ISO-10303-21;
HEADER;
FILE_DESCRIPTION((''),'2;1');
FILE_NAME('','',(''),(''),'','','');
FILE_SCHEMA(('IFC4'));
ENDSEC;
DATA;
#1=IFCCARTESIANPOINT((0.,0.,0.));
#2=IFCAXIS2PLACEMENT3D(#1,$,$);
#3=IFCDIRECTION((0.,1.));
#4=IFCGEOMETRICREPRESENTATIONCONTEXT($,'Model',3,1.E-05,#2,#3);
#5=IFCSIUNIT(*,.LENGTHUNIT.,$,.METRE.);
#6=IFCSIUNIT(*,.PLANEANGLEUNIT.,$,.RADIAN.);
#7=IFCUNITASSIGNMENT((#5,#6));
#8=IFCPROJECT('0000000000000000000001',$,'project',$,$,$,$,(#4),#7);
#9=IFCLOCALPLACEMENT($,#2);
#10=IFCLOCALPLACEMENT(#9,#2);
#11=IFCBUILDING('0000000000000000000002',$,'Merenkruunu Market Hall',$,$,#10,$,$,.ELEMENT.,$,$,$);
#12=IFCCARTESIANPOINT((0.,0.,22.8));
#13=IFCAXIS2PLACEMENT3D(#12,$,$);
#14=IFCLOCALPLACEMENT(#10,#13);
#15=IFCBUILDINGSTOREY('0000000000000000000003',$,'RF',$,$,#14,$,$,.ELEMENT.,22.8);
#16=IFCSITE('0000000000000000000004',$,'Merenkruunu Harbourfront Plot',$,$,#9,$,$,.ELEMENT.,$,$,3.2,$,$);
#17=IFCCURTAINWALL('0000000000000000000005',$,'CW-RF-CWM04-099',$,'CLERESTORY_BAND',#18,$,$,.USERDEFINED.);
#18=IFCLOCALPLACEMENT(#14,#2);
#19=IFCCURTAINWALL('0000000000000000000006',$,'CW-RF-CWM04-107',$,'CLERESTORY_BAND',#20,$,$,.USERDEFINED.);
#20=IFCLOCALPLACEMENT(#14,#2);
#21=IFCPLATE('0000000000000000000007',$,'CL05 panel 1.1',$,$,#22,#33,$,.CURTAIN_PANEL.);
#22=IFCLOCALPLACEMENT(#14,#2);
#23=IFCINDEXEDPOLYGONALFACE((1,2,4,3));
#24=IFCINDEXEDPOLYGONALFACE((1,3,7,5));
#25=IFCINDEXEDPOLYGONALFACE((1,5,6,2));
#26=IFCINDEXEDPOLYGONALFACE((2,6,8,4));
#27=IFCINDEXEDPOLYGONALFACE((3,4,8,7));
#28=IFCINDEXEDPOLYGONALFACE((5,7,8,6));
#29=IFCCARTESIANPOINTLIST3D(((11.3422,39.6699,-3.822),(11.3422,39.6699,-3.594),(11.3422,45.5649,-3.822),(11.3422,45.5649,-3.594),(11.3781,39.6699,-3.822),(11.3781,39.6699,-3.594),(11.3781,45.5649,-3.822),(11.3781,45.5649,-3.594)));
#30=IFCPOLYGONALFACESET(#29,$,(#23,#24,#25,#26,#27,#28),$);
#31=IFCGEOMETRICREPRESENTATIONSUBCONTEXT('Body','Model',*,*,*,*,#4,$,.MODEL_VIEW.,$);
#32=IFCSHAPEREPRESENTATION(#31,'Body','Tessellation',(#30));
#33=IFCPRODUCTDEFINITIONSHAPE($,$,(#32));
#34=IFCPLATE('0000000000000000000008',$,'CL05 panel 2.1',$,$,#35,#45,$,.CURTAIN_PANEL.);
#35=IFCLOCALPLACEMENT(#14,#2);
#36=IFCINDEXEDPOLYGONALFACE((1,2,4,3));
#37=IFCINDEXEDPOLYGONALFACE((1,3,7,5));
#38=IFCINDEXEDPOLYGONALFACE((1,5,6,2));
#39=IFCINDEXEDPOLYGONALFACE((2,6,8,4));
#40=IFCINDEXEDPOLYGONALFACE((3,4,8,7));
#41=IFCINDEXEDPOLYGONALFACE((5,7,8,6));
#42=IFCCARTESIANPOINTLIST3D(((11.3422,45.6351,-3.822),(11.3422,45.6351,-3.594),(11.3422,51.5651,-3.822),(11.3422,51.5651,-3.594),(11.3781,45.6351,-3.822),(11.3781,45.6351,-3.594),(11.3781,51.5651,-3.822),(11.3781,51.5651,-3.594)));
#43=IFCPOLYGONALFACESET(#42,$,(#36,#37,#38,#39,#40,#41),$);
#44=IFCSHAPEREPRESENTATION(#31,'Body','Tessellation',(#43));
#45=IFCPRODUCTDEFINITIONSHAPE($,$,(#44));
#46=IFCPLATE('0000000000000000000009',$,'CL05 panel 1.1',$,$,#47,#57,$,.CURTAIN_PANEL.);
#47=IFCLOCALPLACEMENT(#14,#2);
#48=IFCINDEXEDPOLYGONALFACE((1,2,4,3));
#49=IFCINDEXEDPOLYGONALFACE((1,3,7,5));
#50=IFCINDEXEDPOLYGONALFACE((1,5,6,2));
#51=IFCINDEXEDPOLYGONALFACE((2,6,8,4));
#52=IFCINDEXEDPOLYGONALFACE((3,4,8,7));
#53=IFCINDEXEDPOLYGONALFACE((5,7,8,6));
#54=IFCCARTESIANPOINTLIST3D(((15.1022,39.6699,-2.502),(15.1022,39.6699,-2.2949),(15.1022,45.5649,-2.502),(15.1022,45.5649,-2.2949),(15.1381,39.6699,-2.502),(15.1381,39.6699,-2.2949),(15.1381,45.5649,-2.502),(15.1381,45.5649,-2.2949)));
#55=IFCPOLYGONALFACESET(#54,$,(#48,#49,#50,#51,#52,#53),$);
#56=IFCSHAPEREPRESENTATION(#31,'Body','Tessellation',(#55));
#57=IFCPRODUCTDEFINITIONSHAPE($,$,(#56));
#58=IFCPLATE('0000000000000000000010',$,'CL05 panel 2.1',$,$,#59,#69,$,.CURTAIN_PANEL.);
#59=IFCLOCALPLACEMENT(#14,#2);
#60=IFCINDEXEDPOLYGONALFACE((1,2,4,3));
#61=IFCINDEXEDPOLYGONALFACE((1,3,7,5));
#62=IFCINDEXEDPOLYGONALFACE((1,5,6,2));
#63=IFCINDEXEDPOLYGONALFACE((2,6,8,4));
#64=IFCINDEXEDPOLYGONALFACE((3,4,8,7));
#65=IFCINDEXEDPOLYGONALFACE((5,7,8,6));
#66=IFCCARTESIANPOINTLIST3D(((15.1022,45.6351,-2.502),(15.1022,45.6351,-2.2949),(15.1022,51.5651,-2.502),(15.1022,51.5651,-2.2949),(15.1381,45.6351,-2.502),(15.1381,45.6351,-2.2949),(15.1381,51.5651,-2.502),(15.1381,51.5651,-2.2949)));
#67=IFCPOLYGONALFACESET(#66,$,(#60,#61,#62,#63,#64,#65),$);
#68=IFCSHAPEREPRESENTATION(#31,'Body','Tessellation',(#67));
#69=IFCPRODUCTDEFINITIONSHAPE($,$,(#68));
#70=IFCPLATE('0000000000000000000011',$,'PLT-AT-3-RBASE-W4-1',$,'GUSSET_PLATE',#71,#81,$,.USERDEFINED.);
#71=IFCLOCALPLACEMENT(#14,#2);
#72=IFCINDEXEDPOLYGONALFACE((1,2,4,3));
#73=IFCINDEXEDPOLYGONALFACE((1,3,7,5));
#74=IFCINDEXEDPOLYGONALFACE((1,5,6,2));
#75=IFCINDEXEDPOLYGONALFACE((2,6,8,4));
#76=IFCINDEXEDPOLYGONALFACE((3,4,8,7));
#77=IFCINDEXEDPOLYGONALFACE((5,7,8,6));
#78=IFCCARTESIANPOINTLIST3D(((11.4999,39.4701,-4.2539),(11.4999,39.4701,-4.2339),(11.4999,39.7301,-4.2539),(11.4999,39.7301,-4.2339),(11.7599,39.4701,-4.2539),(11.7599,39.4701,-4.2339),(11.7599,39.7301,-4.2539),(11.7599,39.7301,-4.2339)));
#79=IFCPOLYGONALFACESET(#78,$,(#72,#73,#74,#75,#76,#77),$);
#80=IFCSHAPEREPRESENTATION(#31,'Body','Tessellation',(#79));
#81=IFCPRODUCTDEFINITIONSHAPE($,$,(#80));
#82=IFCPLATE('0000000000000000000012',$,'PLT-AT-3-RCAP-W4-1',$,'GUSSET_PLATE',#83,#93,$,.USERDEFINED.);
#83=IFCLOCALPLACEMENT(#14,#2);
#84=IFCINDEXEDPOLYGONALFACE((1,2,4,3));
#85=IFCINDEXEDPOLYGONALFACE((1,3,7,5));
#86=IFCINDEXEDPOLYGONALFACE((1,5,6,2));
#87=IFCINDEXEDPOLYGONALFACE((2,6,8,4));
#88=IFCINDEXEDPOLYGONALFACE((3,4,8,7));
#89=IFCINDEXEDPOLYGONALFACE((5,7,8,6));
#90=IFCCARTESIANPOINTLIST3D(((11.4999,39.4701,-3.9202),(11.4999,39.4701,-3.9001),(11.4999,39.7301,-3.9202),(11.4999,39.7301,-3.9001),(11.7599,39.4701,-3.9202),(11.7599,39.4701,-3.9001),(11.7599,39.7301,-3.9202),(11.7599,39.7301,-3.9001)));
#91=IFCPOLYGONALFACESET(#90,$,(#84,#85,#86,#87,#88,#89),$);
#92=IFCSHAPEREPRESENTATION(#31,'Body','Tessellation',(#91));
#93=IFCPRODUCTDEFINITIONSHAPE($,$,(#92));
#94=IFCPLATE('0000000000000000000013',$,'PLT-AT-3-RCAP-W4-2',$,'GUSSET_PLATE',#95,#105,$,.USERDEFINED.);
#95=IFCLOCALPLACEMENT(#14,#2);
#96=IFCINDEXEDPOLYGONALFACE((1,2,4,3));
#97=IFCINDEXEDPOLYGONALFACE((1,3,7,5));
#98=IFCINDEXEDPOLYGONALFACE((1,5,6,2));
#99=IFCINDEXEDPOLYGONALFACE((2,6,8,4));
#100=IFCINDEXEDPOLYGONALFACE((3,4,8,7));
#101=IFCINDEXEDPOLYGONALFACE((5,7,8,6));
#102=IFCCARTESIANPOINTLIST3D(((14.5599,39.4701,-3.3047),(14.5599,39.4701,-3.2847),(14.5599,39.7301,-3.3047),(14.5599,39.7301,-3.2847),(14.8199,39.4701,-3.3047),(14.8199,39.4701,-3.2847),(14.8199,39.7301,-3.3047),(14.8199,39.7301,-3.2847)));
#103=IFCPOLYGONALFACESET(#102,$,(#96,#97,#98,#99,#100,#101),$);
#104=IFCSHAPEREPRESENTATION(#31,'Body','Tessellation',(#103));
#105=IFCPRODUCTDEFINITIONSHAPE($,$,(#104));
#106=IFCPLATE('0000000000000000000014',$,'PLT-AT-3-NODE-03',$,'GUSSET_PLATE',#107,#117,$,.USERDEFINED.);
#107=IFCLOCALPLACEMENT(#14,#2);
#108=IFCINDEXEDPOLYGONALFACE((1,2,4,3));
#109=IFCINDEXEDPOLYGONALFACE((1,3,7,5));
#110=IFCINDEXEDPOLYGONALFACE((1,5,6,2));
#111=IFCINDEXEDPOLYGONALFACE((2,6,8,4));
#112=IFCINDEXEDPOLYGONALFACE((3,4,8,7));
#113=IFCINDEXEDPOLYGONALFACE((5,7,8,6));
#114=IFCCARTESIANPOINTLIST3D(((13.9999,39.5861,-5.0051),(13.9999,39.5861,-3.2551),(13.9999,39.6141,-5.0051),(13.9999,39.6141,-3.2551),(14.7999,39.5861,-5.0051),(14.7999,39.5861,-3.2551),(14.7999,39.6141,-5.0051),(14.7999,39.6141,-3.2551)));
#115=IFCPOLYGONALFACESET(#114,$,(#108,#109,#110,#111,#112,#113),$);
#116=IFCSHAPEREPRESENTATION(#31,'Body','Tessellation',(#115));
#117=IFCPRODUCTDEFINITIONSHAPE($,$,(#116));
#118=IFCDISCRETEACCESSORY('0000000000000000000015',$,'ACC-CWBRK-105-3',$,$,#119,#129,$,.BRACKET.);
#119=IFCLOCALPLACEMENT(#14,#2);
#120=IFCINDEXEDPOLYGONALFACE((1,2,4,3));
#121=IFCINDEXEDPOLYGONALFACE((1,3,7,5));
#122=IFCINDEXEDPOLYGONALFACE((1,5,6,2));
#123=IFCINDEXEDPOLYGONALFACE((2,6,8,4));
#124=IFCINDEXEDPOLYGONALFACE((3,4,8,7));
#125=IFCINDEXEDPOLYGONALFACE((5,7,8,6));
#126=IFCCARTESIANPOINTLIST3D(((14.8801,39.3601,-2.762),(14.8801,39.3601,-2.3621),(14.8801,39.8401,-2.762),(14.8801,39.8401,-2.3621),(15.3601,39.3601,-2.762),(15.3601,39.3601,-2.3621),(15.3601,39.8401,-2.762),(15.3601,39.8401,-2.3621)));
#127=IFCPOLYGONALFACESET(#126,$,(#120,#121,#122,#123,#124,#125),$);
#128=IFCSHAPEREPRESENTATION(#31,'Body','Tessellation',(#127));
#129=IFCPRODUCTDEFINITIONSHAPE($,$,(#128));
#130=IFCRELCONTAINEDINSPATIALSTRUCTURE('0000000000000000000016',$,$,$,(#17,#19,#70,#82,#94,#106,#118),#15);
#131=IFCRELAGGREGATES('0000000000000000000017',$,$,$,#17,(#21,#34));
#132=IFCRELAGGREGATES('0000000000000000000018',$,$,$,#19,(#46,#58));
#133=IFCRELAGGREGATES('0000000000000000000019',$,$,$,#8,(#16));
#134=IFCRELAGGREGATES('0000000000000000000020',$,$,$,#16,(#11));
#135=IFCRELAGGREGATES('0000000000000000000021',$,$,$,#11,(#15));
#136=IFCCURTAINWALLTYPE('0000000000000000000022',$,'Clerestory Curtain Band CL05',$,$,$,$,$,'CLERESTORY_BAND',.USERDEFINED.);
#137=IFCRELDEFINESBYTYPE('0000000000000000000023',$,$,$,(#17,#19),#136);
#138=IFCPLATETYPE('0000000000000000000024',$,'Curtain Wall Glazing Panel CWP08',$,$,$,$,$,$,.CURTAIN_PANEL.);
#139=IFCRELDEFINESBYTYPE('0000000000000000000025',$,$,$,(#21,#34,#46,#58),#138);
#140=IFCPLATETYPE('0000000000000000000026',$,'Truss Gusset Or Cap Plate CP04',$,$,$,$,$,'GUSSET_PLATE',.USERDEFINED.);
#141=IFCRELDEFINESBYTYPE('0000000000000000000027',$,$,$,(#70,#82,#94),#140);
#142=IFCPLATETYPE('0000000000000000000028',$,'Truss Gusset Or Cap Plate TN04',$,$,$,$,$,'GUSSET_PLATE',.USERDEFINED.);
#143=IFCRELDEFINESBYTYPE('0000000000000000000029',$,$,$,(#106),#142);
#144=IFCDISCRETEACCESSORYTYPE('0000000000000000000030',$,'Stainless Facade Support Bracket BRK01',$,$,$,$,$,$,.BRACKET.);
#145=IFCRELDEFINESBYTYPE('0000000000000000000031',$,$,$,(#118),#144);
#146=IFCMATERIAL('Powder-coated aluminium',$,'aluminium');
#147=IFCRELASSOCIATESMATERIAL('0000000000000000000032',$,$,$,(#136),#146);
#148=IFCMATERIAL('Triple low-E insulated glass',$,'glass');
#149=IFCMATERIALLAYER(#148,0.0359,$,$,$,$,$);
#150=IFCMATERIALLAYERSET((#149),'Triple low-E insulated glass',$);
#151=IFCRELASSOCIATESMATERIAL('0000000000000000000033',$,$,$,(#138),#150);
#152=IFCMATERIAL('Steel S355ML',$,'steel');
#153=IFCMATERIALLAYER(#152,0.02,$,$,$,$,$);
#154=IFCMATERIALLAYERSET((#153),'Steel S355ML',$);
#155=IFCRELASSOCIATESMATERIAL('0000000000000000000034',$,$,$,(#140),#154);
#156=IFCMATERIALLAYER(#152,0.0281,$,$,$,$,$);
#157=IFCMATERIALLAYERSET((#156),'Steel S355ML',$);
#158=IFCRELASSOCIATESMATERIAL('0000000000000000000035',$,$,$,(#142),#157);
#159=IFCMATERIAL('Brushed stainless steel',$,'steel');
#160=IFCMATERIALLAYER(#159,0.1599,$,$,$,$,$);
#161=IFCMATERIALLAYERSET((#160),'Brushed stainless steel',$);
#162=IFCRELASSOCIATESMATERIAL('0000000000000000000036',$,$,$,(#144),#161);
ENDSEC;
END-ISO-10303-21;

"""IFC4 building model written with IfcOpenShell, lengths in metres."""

from ifc_helpers import new_model, si_unit, direction, frame, origin, origin_2d, place, context, subcontext, project, spatial, rectangle, extrude, material, layer, layer_set, type_object, element, aggregate, save


model = new_model("IFC4")

# Units and contexts
model_context = context("Model", 3, precision=1e-05, world=origin(), true_north=direction((0.0, 1.0)))
body_context = subcontext(model_context, "Body", "Model", "MODEL_VIEW")
ifc_project = project(units=[si_unit("LENGTHUNIT", "METRE"), si_unit("PLANEANGLEUNIT", "RADIAN")], contexts=[model_context])

# Site, building, storey
site_placement = place(None, origin())
site = spatial("IfcSite", under=ifc_project, at=site_placement, Name="Merenkruunu Harbourfront Plot", CompositionType="ELEMENT", RefElevation=3.2)
building_placement = place(site_placement, origin())
building = spatial("IfcBuilding", under=site, at=building_placement, Name="Merenkruunu Market Hall", CompositionType="ELEMENT")
storey_placement = place(building_placement, frame((0.0, 0.0, 22.8)))
storey = spatial("IfcBuildingStorey", under=building, at=storey_placement, Name="RF", CompositionType="ELEMENT", Elevation=22.8)

# Shared definitions
ifc_material_1 = material(Name="Steel S355ML", Category="steel")

# Curtain walls
ifc_material_2 = material(Name="Powder-coated aluminium", Category="aluminium")
curtain_wall_type = type_object("IfcCurtainWallType", Name="Clerestory Curtain Band CL05", ElementType="CLERESTORY_BAND", PredefinedType="USERDEFINED", material=ifc_material_2)
curtain_wall_1_placement = place(storey_placement, origin())
curtain_wall_1 = element("IfcCurtainWall", 1, at=curtain_wall_1_placement, inside=storey, type_object=curtain_wall_type, Name="CW-RF-CWM04-099", ObjectType="CLERESTORY_BAND", PredefinedType="USERDEFINED")
curtain_wall_2_placement = place(storey_placement, origin())
curtain_wall_2 = element("IfcCurtainWall", 2, at=curtain_wall_2_placement, inside=storey, type_object=curtain_wall_type, Name="CW-RF-CWM04-107", ObjectType="CLERESTORY_BAND", PredefinedType="USERDEFINED")

# Plates
ifc_material_3 = material(Name="Triple low-E insulated glass", Category="glass")
ifc_layer_1 = layer(ifc_material_3, 0.0359)
ifc_layer_set_1 = layer_set([ifc_layer_1], Name="Triple low-E insulated glass")
plate_type_1 = type_object("IfcPlateType", Name="Curtain Wall Glazing Panel CWP08", PredefinedType="CURTAIN_PANEL", material=ifc_layer_set_1)
plate_1_placement = place(storey_placement, frame((11.3601, 42.6174, -3.822), z_axis=(0.0, 0.0, 1.0), x_axis=(0.0, 1.0, 0.0)))
plate_1 = element("IfcPlate", 3, at=plate_1_placement, type_object=plate_type_1, Name="CL05 panel 1.1", PredefinedType="CURTAIN_PANEL", context=body_context, shape_type="SweptSolid", body=[
    extrude(rectangle(XDim=5.895, YDim=0.0359, at=origin_2d()), origin(), (0.0, 0.0, 1.0), 0.228),
])
plate_2_placement = place(storey_placement, frame((11.3601, 48.6001, -3.822), z_axis=(0.0, 0.0, 1.0), x_axis=(0.0, 1.0, 0.0)))
plate_2 = element("IfcPlate", 4, at=plate_2_placement, type_object=plate_type_1, Name="CL05 panel 2.1", PredefinedType="CURTAIN_PANEL", context=body_context, shape_type="SweptSolid", body=[
    extrude(rectangle(XDim=5.9299, YDim=0.0359, at=origin_2d()), origin(), (0.0, 0.0, 1.0), 0.228),
])
aggregate(curtain_wall_1, [plate_1, plate_2])
plate_3_placement = place(storey_placement, frame((15.1201, 42.6174, -2.502), z_axis=(0.0, 0.0, 1.0), x_axis=(0.0, 1.0, 0.0)))
plate_3 = element("IfcPlate", 5, at=plate_3_placement, type_object=plate_type_1, Name="CL05 panel 1.1", PredefinedType="CURTAIN_PANEL", context=body_context, shape_type="SweptSolid", body=[
    extrude(rectangle(XDim=5.895, YDim=0.0359, at=origin_2d()), origin(), (0.0, 0.0, 1.0), 0.207),
])
plate_4_placement = place(storey_placement, frame((15.1201, 48.6001, -2.502), z_axis=(0.0, 0.0, 1.0), x_axis=(0.0, 1.0, 0.0)))
plate_4 = element("IfcPlate", 6, at=plate_4_placement, type_object=plate_type_1, Name="CL05 panel 2.1", PredefinedType="CURTAIN_PANEL", context=body_context, shape_type="SweptSolid", body=[
    extrude(rectangle(XDim=5.9299, YDim=0.0359, at=origin_2d()), origin(), (0.0, 0.0, 1.0), 0.207),
])
aggregate(curtain_wall_2, [plate_3, plate_4])

# Plates
ifc_layer_2 = layer(ifc_material_1, 0.02)
ifc_layer_set_2 = layer_set([ifc_layer_2], Name="Steel S355ML")
plate_type_2 = type_object("IfcPlateType", Name="Truss Gusset Or Cap Plate CP04", ElementType="GUSSET_PLATE", PredefinedType="USERDEFINED", material=ifc_layer_set_2)
for number, where, z_axis, x_axis, name in (
    (7, (11.6299, 39.6001, -4.2539), (0.0, 0.0, 1.0), (1.0, 0.0, 0.0), "PLT-AT-3-RBASE-W4-1"),
    (8, (11.6299, 39.6001, -3.9202), (0.0, 0.0, 1.0), (1.0, 0.0, 0.0), "PLT-AT-3-RCAP-W4-1"),
    (9, (14.6899, 39.6001, -3.3047), (0.0, 0.0, 1.0), (1.0, 0.0, 0.0), "PLT-AT-3-RCAP-W4-2"),
):
    element("IfcPlate", number, at=place(storey_placement, frame(where, z_axis=z_axis, x_axis=x_axis)), inside=storey, type_object=plate_type_2, Name=name, ObjectType="GUSSET_PLATE", PredefinedType="USERDEFINED", context=body_context, shape_type="SweptSolid", body=[
        extrude(rectangle(XDim=0.26, YDim=0.26, at=origin_2d()), origin(), (0.0, 0.0, 1.0), 0.02),
    ])
ifc_layer_3 = layer(ifc_material_1, 0.0281)
ifc_layer_set_3 = layer_set([ifc_layer_3], Name="Steel S355ML")
plate_type_3 = type_object("IfcPlateType", Name="Truss Gusset Or Cap Plate TN04", ElementType="GUSSET_PLATE", PredefinedType="USERDEFINED", material=ifc_layer_set_3)
plate_5_placement = place(storey_placement, frame((14.3999, 39.6001, -5.0051), z_axis=(0.0, 0.0, 1.0), x_axis=(1.0, 0.0, 0.0)))
element("IfcPlate", 10, at=plate_5_placement, inside=storey, type_object=plate_type_3, Name="PLT-AT-3-NODE-03", ObjectType="GUSSET_PLATE", PredefinedType="USERDEFINED", context=body_context, shape_type="SweptSolid", body=[
    extrude(rectangle(XDim=0.8, YDim=0.0281, at=origin_2d()), origin(), (0.0, 0.0, 1.0), 1.75),
])

# Discrete accessory
ifc_material_4 = material(Name="Brushed stainless steel", Category="steel")
ifc_layer_4 = layer(ifc_material_4, 0.1599)
ifc_layer_set_4 = layer_set([ifc_layer_4], Name="Brushed stainless steel")
discrete_accessory_type = type_object("IfcDiscreteAccessoryType", Name="Stainless Facade Support Bracket BRK01", PredefinedType="BRACKET", material=ifc_layer_set_4)
discrete_accessory_placement = place(storey_placement, frame((15.1201, 39.6001, -2.762), z_axis=(0.0, 0.0, 1.0), x_axis=(1.0, 0.0, 0.0)))
element("IfcDiscreteAccessory", 11, at=discrete_accessory_placement, inside=storey, type_object=discrete_accessory_type, Name="ACC-CWBRK-105-3", PredefinedType="BRACKET", context=body_context, shape_type="SweptSolid", body=[
    extrude(rectangle(XDim=0.48, YDim=0.48, at=origin_2d()), origin(), (0.0, 0.0, 1.0), 0.3999),
])

save(model, "model.ifc")
